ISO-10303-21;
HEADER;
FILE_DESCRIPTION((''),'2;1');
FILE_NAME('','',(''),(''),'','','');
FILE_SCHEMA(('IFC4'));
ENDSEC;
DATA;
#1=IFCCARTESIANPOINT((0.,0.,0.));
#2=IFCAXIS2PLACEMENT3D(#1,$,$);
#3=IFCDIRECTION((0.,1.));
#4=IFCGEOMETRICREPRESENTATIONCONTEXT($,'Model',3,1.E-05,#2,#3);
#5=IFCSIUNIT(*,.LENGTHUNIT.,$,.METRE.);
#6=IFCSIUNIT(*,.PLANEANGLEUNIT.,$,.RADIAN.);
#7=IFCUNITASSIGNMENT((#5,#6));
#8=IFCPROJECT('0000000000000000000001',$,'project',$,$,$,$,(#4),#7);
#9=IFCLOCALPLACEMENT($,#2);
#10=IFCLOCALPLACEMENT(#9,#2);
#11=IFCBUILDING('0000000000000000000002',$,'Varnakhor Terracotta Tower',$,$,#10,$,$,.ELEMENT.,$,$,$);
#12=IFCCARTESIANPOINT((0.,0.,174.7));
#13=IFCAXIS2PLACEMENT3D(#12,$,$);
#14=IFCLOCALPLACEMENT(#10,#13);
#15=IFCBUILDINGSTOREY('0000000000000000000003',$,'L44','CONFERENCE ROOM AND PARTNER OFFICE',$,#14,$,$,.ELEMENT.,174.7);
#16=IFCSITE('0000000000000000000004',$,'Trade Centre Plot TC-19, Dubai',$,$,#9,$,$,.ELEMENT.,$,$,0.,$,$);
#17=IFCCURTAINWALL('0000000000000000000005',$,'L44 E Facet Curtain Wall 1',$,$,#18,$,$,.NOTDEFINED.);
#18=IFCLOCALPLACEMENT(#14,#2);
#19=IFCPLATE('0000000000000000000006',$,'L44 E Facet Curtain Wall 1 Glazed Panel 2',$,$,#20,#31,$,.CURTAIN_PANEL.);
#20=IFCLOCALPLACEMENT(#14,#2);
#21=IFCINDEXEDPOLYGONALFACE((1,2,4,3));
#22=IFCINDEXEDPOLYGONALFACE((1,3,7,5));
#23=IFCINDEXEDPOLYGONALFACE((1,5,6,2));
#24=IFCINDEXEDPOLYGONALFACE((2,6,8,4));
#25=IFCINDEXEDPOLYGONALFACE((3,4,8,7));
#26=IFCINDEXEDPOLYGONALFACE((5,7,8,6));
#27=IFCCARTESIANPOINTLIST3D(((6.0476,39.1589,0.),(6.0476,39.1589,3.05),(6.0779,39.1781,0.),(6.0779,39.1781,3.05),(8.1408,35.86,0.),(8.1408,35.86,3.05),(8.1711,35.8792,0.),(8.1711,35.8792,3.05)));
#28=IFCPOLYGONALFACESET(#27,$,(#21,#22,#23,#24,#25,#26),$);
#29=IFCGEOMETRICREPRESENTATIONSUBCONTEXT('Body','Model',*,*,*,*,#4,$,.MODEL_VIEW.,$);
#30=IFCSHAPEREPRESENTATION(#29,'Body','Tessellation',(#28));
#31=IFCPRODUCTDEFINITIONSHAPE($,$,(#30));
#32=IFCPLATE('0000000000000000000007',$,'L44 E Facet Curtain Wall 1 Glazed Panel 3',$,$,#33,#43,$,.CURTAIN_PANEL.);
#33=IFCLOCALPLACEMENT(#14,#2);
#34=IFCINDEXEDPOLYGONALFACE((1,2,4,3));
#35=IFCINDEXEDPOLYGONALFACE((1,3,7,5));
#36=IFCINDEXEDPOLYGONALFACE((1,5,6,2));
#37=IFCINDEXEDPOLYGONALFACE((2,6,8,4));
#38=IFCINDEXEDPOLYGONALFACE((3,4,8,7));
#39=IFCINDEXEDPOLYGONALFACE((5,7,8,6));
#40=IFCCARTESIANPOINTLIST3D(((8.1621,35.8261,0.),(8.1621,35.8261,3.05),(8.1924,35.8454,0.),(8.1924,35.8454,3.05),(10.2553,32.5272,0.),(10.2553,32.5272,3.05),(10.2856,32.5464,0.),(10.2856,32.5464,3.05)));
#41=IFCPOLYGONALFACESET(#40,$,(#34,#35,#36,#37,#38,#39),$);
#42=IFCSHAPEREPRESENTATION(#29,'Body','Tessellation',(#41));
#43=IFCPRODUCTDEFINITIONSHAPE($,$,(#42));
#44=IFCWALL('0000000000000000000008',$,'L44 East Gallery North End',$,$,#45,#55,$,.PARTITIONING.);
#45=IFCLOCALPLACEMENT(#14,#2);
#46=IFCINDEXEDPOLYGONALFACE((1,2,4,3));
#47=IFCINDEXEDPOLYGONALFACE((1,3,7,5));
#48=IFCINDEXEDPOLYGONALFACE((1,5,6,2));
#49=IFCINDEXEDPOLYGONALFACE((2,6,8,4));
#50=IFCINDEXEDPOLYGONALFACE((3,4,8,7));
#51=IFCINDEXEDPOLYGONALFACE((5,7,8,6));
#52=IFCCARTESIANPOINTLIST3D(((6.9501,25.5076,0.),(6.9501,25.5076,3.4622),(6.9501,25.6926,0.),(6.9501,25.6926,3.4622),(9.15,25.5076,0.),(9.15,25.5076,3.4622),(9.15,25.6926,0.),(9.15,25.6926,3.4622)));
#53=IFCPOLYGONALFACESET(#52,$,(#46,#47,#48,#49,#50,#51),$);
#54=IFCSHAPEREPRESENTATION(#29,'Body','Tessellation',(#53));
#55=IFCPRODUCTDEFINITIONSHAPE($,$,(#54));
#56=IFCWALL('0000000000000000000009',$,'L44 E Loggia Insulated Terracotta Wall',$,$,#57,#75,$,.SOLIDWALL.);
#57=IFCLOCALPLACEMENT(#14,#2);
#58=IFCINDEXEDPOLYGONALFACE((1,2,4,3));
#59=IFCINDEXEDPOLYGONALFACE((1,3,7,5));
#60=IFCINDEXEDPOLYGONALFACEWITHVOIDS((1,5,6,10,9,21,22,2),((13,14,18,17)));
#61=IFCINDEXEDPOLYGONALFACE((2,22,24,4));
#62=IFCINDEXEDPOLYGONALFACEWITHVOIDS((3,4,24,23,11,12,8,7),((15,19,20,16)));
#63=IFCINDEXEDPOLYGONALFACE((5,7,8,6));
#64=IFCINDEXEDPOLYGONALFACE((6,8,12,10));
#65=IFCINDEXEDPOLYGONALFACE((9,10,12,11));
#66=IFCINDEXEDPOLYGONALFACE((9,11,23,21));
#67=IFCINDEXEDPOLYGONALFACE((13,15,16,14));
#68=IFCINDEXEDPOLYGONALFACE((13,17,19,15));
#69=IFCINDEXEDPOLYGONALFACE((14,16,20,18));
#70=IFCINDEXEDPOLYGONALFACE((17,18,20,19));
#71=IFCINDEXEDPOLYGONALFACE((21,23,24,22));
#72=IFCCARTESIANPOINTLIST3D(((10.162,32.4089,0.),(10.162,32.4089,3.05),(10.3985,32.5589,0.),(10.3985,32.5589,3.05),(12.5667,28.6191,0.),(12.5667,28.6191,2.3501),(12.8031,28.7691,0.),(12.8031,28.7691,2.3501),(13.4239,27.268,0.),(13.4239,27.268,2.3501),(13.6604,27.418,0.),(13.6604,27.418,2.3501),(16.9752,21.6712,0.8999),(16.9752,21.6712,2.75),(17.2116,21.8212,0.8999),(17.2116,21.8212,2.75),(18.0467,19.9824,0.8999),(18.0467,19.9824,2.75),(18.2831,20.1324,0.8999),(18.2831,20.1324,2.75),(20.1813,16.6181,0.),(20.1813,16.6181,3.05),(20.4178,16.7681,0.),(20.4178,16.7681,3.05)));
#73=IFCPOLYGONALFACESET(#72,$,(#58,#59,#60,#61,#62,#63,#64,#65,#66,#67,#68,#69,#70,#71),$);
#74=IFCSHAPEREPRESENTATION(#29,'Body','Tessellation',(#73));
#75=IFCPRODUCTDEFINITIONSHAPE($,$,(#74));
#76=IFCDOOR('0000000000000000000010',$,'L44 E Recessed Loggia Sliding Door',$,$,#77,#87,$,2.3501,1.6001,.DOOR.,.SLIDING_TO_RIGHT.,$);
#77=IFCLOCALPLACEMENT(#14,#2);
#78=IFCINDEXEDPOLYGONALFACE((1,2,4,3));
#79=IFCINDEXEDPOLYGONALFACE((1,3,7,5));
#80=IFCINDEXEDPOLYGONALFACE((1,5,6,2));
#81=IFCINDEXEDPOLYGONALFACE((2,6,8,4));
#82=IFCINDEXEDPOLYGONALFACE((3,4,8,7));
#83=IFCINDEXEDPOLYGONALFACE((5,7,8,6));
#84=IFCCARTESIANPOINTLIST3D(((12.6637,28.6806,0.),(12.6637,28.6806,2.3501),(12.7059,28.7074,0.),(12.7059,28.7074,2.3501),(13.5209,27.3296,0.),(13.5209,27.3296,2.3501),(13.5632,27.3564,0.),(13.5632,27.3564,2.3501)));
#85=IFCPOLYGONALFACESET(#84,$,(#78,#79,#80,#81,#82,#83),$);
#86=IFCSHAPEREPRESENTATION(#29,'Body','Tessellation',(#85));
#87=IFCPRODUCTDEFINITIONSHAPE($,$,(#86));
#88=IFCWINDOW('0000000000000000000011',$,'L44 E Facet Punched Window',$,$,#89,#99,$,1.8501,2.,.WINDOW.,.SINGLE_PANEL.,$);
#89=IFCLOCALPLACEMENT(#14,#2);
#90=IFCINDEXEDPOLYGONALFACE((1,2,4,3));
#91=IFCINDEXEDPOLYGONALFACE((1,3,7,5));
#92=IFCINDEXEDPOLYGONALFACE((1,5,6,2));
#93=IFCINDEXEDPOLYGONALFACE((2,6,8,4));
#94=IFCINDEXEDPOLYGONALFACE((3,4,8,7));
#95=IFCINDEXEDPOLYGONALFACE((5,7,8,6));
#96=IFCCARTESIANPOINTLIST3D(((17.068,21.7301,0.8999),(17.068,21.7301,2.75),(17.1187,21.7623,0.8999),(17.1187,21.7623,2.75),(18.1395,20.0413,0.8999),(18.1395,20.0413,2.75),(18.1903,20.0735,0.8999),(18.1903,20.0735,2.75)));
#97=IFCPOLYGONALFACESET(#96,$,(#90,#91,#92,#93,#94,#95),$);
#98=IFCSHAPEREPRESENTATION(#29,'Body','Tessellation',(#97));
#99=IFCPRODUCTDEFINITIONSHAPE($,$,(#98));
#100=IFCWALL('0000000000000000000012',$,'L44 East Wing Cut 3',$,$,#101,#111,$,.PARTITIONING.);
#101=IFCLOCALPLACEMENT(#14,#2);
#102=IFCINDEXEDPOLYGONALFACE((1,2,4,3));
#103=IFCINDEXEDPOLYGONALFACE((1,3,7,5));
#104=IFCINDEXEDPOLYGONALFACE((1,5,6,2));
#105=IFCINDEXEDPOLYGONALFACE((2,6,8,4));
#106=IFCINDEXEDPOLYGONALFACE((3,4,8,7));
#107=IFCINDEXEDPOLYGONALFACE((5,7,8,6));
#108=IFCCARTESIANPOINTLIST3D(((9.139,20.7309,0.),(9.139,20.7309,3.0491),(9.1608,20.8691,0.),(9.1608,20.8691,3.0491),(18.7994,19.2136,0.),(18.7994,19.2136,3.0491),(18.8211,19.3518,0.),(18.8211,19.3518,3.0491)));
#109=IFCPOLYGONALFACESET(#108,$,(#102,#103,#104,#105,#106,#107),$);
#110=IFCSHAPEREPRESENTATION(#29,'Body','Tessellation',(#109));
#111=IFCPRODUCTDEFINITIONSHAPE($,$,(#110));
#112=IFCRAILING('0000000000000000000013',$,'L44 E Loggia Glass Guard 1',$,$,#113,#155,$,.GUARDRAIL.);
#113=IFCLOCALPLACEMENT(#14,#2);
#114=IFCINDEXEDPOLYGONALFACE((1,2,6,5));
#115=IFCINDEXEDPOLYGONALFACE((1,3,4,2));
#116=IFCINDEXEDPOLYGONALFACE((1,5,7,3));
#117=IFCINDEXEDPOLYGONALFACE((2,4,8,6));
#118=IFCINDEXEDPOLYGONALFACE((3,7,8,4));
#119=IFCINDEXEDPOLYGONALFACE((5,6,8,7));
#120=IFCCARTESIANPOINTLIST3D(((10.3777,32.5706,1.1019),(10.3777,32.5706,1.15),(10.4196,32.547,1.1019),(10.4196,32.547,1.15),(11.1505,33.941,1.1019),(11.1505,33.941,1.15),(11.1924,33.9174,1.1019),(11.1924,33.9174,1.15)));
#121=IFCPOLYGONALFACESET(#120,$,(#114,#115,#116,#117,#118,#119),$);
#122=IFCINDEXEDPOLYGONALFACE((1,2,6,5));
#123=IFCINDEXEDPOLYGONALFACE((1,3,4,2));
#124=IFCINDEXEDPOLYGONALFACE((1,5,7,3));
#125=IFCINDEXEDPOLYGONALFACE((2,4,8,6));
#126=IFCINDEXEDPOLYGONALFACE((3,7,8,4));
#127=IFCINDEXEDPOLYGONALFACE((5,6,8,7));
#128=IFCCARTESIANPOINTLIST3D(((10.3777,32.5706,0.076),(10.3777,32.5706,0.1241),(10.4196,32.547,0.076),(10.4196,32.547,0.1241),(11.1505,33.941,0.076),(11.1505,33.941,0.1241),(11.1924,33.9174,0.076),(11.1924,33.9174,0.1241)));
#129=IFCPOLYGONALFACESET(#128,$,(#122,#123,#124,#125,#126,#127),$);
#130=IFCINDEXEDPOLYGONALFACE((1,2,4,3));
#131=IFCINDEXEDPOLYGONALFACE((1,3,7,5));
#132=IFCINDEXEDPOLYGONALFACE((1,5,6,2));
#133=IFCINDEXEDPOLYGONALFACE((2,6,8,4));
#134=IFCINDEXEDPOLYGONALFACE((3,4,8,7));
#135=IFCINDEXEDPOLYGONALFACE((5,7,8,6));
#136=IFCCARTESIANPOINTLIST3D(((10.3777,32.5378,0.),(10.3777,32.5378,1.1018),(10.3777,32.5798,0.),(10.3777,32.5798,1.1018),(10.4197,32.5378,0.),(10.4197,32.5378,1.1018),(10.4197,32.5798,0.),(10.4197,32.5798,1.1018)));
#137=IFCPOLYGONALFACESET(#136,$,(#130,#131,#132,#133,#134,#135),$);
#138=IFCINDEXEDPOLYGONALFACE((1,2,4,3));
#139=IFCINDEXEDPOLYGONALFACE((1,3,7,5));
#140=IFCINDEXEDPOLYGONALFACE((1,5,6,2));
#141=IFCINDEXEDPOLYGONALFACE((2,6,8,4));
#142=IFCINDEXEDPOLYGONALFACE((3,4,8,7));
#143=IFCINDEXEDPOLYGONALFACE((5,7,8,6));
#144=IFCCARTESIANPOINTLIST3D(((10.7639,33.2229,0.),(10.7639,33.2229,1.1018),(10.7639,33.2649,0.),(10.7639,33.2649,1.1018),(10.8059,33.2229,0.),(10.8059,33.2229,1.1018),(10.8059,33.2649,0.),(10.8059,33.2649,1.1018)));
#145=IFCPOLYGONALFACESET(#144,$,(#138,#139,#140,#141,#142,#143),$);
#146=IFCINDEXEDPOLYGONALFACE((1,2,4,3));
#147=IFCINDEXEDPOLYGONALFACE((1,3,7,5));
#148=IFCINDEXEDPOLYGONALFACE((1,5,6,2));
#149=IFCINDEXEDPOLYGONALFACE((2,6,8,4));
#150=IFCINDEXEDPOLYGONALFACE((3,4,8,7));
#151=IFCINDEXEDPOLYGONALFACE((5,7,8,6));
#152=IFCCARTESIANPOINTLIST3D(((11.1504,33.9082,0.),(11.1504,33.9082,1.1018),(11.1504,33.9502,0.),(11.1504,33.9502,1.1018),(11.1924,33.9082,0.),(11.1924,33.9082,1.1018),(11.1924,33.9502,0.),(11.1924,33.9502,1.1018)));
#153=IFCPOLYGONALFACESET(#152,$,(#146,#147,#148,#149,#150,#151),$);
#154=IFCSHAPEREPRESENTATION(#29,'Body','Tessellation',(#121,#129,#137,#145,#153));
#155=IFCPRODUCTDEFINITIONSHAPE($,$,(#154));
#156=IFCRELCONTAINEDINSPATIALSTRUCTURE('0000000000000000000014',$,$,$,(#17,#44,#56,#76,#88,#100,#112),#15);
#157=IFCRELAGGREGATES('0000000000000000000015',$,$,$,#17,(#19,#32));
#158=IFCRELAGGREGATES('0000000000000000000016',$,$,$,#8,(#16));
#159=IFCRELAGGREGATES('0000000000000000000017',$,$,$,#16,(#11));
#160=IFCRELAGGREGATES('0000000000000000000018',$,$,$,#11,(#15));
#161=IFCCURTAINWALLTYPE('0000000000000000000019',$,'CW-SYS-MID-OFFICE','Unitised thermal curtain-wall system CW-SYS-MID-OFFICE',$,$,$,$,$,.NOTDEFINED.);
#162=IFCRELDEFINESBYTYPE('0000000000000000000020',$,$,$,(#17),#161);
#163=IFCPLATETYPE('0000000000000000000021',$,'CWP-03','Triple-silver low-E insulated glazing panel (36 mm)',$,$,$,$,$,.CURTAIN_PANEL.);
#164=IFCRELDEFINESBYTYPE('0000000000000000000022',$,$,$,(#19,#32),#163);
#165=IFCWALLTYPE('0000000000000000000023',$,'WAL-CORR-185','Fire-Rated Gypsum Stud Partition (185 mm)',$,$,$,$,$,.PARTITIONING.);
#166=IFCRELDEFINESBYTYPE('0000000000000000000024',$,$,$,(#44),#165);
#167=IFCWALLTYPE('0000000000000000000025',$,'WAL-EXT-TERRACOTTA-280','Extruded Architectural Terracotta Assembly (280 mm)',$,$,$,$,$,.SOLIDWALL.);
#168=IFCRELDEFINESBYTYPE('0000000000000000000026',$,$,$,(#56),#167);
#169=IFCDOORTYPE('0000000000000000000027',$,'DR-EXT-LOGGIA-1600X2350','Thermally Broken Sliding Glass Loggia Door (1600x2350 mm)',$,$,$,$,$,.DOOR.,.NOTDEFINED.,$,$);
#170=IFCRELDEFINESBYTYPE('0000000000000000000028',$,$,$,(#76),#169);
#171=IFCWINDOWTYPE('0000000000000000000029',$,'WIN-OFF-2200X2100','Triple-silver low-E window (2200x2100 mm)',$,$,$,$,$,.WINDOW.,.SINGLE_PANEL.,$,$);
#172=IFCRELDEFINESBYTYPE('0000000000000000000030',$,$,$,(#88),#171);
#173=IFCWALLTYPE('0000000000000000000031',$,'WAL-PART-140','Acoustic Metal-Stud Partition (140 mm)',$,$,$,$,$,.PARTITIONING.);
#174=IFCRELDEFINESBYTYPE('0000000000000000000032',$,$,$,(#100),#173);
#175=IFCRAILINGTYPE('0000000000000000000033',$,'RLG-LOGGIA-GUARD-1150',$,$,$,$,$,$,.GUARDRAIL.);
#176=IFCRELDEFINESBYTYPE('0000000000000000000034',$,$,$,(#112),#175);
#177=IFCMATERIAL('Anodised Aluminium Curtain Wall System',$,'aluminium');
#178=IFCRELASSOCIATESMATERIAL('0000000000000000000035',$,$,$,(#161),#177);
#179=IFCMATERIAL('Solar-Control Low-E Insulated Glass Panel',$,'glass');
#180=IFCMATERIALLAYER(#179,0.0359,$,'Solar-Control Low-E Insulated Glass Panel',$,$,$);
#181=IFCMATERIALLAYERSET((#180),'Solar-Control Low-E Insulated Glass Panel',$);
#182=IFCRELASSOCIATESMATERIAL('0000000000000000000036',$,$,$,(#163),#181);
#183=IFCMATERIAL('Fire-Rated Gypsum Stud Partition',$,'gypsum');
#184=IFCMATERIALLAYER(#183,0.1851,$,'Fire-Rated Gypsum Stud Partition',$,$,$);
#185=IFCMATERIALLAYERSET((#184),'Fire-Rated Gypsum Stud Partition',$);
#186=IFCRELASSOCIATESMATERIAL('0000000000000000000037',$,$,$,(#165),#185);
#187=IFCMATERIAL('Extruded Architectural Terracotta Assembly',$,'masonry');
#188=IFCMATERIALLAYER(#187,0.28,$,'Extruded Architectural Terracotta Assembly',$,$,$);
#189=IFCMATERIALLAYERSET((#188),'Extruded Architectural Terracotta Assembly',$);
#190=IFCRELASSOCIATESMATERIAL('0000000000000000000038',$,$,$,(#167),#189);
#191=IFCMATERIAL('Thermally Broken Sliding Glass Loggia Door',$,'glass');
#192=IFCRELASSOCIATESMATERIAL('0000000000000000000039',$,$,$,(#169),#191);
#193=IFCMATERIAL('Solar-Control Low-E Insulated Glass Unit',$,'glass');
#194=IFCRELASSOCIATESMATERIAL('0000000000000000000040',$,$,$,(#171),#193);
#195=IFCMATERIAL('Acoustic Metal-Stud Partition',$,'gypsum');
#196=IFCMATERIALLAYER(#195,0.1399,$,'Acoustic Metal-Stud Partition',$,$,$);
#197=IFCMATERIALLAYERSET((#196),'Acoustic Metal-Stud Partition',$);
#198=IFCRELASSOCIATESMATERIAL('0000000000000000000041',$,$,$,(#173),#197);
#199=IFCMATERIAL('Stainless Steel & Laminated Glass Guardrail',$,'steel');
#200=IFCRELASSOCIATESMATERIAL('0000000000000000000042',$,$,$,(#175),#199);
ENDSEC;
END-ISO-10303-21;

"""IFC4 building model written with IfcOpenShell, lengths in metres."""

from ifc_helpers import new_model, si_unit, direction, frame, frame_2d, origin, origin_2d, place, context, subcontext, project, spatial, rectangle, extrude, source, transform, mapped, material, layer, layer_set, type_object, type_shapes, element, fill, aggregate, save


model = new_model("IFC4")

# Units and contexts
model_context = context("Model", 3, precision=1e-05, world=origin(), true_north=direction((0.0, 1.0)))
body_context = subcontext(model_context, "Body", "Model", "MODEL_VIEW")
ifc_project = project(units=[si_unit("LENGTHUNIT", "METRE"), si_unit("PLANEANGLEUNIT", "RADIAN")], contexts=[model_context])

# Site, building, storey
site_placement = place(None, origin())
site = spatial("IfcSite", under=ifc_project, at=site_placement, Name="Trade Centre Plot TC-19, Dubai", CompositionType="ELEMENT", RefElevation=0.0)
building_placement = place(site_placement, origin())
building = spatial("IfcBuilding", under=site, at=building_placement, Name="Varnakhor Terracotta Tower", CompositionType="ELEMENT")
storey_placement = place(building_placement, frame((0.0, 0.0, 174.7)))
storey = spatial("IfcBuildingStorey", under=building, at=storey_placement, Name="L44", Description="CONFERENCE ROOM AND PARTNER OFFICE", CompositionType="ELEMENT", Elevation=174.7)

# Shared definitions
ifc_material_1 = material(Name="Anodised Aluminium Curtain Wall System", Category="aluminium")
curtain_wall_type = type_object("IfcCurtainWallType", Name="CW-SYS-MID-OFFICE", Description="Unitised thermal curtain-wall system CW-SYS-MID-OFFICE", PredefinedType="NOTDEFINED", material=ifc_material_1)

# Curtain wall
curtain_wall_1_placement = place(storey_placement, origin())
curtain_wall_1 = element("IfcCurtainWall", 1, at=curtain_wall_1_placement, inside=storey, type_object=curtain_wall_type, Name="L44 E Facet Curtain Wall 1", PredefinedType="NOTDEFINED")

# Plates
ifc_material_2 = material(Name="Solar-Control Low-E Insulated Glass Panel", Category="glass")
ifc_layer_1 = layer(ifc_material_2, 0.0359, Name="Solar-Control Low-E Insulated Glass Panel")
ifc_layer_set_1 = layer_set([ifc_layer_1], Name="Solar-Control Low-E Insulated Glass Panel")
plate_type = type_object("IfcPlateType", Name="CWP-03", Description="Triple-silver low-E insulated glazing panel (36 mm)", PredefinedType="CURTAIN_PANEL", material=ifc_layer_set_1)
shared_shape_1 = source(origin(), body_context, "Body", "SweptSolid", [
    extrude(rectangle(XDim=3.907, YDim=0.0359, at=origin_2d()), origin(), (0.0, 0.0, 1.0), 3.05),
])
plate_1_placement = place(storey_placement, frame((7.1094, 37.519, 0.0), z_axis=(0.0, 0.0, 1.0), x_axis=(0.535753, -0.844375, 0.0)))
plate_1 = element("IfcPlate", 2, at=plate_1_placement, type_object=plate_type, Name="L44 E Facet Curtain Wall 1 Glazed Panel 2", PredefinedType="CURTAIN_PANEL", context=body_context, shape_type="MappedRepresentation", body=[
    mapped(shared_shape_1, transform((0.0, 0.0, 0.0), scale=1.0)),
])
plate_2_placement = place(storey_placement, frame((9.2239, 34.1863, 0.0), z_axis=(0.0, 0.0, 1.0), x_axis=(0.535753, -0.844375, 0.0)))
plate_2 = element("IfcPlate", 3, at=plate_2_placement, type_object=plate_type, Name="L44 E Facet Curtain Wall 1 Glazed Panel 3", PredefinedType="CURTAIN_PANEL", context=body_context, shape_type="MappedRepresentation", body=[
    mapped(shared_shape_1, transform((0.0, 0.0, 0.0), scale=1.0)),
])
aggregate(curtain_wall_1, [plate_1, plate_2])

# Wall
ifc_material_3 = material(Name="Fire-Rated Gypsum Stud Partition", Category="gypsum")
ifc_layer_2 = layer(ifc_material_3, 0.1851, Name="Fire-Rated Gypsum Stud Partition")
ifc_layer_set_2 = layer_set([ifc_layer_2], Name="Fire-Rated Gypsum Stud Partition")
wall_type_1 = type_object("IfcWallType", Name="WAL-CORR-185", Description="Fire-Rated Gypsum Stud Partition (185 mm)", PredefinedType="PARTITIONING", material=ifc_layer_set_2)
wall_1_placement = place(storey_placement, frame((6.95, 25.6001, 0.0), z_axis=(0.0, 0.0, 1.0), x_axis=(1.0, 0.0, 0.0)))
element("IfcWall", 4, at=wall_1_placement, inside=storey, type_object=wall_type_1, Name="L44 East Gallery North End", PredefinedType="PARTITIONING", context=body_context, shape_type="SweptSolid", body=[
    extrude(rectangle(XDim=2.2, YDim=0.1851, at=frame_2d((1.1001, 0.0))), origin(), (0.0, 0.0, 1.0), 3.4622),
])

# Wall, openings, door, window
ifc_material_4 = material(Name="Extruded Architectural Terracotta Assembly", Category="masonry")
ifc_layer_3 = layer(ifc_material_4, 0.28, Name="Extruded Architectural Terracotta Assembly")
ifc_layer_set_3 = layer_set([ifc_layer_3], Name="Extruded Architectural Terracotta Assembly")
wall_type_2 = type_object("IfcWallType", Name="WAL-EXT-TERRACOTTA-280", Description="Extruded Architectural Terracotta Assembly (280 mm)", PredefinedType="SOLIDWALL", material=ifc_layer_set_3)
wall_2_placement = place(storey_placement, frame((10.2803, 32.4839, 0.0), z_axis=(0.0, 0.0, 1.0), x_axis=(0.535757, -0.844372, 0.0)))
wall_2 = element("IfcWall", 5, at=wall_2_placement, inside=storey, type_object=wall_type_2, Name="L44 E Loggia Insulated Terracotta Wall", PredefinedType="SOLIDWALL", context=body_context, shape_type="SweptSolid", body=[
    extrude(rectangle(XDim=18.7012, YDim=0.28, at=frame_2d((9.3506, 0.0))), origin(), (0.0, 0.0, 1.0), 3.05),
])
opening_1_placement = place(wall_2_placement, frame((4.4883, 0.0, 0.0)))
opening_1 = element("IfcOpeningElement", 6, at=opening_1_placement, cuts=wall_2, PredefinedType="OPENING", context=body_context, shape_type="SweptSolid", body=[
    extrude(rectangle(XDim=1.6001, YDim=2.3501, at=frame_2d((0.8, 1.175))), frame((0.0, 0.1499, 0.0), z_axis=(0.0, -1.0, 0.0), x_axis=(1.0, 0.0, 0.0)), (0.0, 0.0, 1.0), 0.3),
])
opening_2_placement = place(wall_2_placement, frame((12.7168, 0.0, 0.8999)))
opening_2 = element("IfcOpeningElement", 7, at=opening_2_placement, cuts=wall_2, PredefinedType="OPENING", context=body_context, shape_type="SweptSolid", body=[
    extrude(rectangle(XDim=2.0, YDim=1.8501, at=frame_2d((1.0, 0.925))), frame((0.0, 0.1499, 0.0), z_axis=(0.0, -1.0, 0.0), x_axis=(1.0, 0.0, 0.0)), (0.0, 0.0, 1.0), 0.3),
])
ifc_material_5 = material(Name="Thermally Broken Sliding Glass Loggia Door", Category="glass")
door_type = type_object("IfcDoorType", Name="DR-EXT-LOGGIA-1600X2350", Description="Thermally Broken Sliding Glass Loggia Door (1600x2350 mm)", OperationType="NOTDEFINED", PredefinedType="DOOR", material=ifc_material_5)
shared_shape_2 = source(origin(), body_context, "Body", "SweptSolid", [
    extrude(rectangle(XDim=1.6001, YDim=2.3501, at=frame_2d((0.8, 1.175))), frame((0.0, 0.0249, 0.0), z_axis=(0.0, -1.0, 0.0), x_axis=(1.0, 0.0, 0.0)), (0.0, 0.0, 1.0), 0.05),
])
type_shapes(door_type, [shared_shape_2])
door_placement = place(opening_1_placement, origin())
door = element("IfcDoor", 8, at=door_placement, inside=storey, type_object=door_type, Name="L44 E Recessed Loggia Sliding Door", OperationType="SLIDING_TO_RIGHT", OverallHeight=2.3501, OverallWidth=1.6001, PredefinedType="DOOR", context=body_context, shape_type="MappedRepresentation", body=[
    mapped(shared_shape_2, transform((0.0, 0.0, 0.0), scale=1.0)),
])
fill(opening_1, door)
ifc_material_6 = material(Name="Solar-Control Low-E Insulated Glass Unit", Category="glass")
window_type = type_object("IfcWindowType", Name="WIN-OFF-2200X2100", Description="Triple-silver low-E window (2200x2100 mm)", PartitioningType="SINGLE_PANEL", PredefinedType="WINDOW", material=ifc_material_6)
shared_shape_3 = source(origin(), body_context, "Body", "SweptSolid", [
    extrude(rectangle(XDim=2.0, YDim=1.8501, at=frame_2d((1.0, 0.925))), frame((0.0, 0.03, 0.0), z_axis=(0.0, -1.0, 0.0), x_axis=(1.0, 0.0, 0.0)), (0.0, 0.0, 1.0), 0.0601),
])
type_shapes(window_type, [shared_shape_3])
window_placement = place(opening_2_placement, origin())
window = element("IfcWindow", 9, at=window_placement, inside=storey, type_object=window_type, Name="L44 E Facet Punched Window", OverallHeight=1.8501, OverallWidth=2.0, PartitioningType="SINGLE_PANEL", PredefinedType="WINDOW", context=body_context, shape_type="MappedRepresentation", body=[
    mapped(shared_shape_3, transform((0.0, 0.0, 0.0), scale=1.0)),
])
fill(opening_2, window)

# Wall
ifc_material_7 = material(Name="Acoustic Metal-Stud Partition", Category="gypsum")
ifc_layer_4 = layer(ifc_material_7, 0.1399, Name="Acoustic Metal-Stud Partition")
ifc_layer_set_4 = layer_set([ifc_layer_4], Name="Acoustic Metal-Stud Partition")
wall_type_3 = type_object("IfcWallType", Name="WAL-PART-140", Description="Acoustic Metal-Stud Partition (140 mm)", PredefinedType="PARTITIONING", material=ifc_layer_set_4)
wall_3_placement = place(storey_placement, frame((9.1499, 20.8, 0.0), z_axis=(0.0, 0.0, 1.0), x_axis=(0.987889, -0.155165, 0.0)))
element("IfcWall", 10, at=wall_3_placement, inside=storey, type_object=wall_type_3, Name="L44 East Wing Cut 3", PredefinedType="PARTITIONING", context=body_context, shape_type="SweptSolid", body=[
    extrude(rectangle(XDim=9.7788, YDim=0.1399, at=frame_2d((4.8894, 0.0))), origin(), (0.0, 0.0, 1.0), 3.0491),
])

# Railing
ifc_material_8 = material(Name="Stainless Steel & Laminated Glass Guardrail", Category="steel")
railing_type = type_object("IfcRailingType", Name="RLG-LOGGIA-GUARD-1150", PredefinedType="GUARDRAIL", material=ifc_material_8)
railing_1_placement = place(storey_placement, frame((10.3987, 32.5588, 0.0)))
element("IfcRailing", 11, at=railing_1_placement, inside=storey, type_object=railing_type, Name="L44 E Loggia Glass Guard 1", PredefinedType="GUARDRAIL", context=body_context, shape_type="SweptSolid", body=[
    extrude(rectangle(XDim=0.0481, YDim=0.0481, at=origin_2d()), frame((0.0, 0.0, 1.126), z_axis=(0.491167, 0.871065, 0.0), x_axis=(-0.871065, 0.491167, 0.0)), (0.0, 0.0, 1.0), 1.5732),
    extrude(rectangle(XDim=0.0481, YDim=0.0481, at=origin_2d()), frame((0.0, 0.0, 0.1001), z_axis=(0.491167, 0.871065, 0.0), x_axis=(-0.871065, 0.491167, 0.0)), (0.0, 0.0, 1.0), 1.5732),
    extrude(rectangle(XDim=0.042, YDim=0.042, at=origin_2d()), origin(), (0.0, 0.0, 1.0), 1.1018),
    extrude(rectangle(XDim=0.042, YDim=0.042, at=origin_2d()), frame((0.3862, 0.6851, 0.0)), (0.0, 0.0, 1.0), 1.1018),
    extrude(rectangle(XDim=0.042, YDim=0.042, at=origin_2d()), frame((0.7727, 1.3704, 0.0)), (0.0, 0.0, 1.0), 1.1018),
])

save(model, "model.ifc")
